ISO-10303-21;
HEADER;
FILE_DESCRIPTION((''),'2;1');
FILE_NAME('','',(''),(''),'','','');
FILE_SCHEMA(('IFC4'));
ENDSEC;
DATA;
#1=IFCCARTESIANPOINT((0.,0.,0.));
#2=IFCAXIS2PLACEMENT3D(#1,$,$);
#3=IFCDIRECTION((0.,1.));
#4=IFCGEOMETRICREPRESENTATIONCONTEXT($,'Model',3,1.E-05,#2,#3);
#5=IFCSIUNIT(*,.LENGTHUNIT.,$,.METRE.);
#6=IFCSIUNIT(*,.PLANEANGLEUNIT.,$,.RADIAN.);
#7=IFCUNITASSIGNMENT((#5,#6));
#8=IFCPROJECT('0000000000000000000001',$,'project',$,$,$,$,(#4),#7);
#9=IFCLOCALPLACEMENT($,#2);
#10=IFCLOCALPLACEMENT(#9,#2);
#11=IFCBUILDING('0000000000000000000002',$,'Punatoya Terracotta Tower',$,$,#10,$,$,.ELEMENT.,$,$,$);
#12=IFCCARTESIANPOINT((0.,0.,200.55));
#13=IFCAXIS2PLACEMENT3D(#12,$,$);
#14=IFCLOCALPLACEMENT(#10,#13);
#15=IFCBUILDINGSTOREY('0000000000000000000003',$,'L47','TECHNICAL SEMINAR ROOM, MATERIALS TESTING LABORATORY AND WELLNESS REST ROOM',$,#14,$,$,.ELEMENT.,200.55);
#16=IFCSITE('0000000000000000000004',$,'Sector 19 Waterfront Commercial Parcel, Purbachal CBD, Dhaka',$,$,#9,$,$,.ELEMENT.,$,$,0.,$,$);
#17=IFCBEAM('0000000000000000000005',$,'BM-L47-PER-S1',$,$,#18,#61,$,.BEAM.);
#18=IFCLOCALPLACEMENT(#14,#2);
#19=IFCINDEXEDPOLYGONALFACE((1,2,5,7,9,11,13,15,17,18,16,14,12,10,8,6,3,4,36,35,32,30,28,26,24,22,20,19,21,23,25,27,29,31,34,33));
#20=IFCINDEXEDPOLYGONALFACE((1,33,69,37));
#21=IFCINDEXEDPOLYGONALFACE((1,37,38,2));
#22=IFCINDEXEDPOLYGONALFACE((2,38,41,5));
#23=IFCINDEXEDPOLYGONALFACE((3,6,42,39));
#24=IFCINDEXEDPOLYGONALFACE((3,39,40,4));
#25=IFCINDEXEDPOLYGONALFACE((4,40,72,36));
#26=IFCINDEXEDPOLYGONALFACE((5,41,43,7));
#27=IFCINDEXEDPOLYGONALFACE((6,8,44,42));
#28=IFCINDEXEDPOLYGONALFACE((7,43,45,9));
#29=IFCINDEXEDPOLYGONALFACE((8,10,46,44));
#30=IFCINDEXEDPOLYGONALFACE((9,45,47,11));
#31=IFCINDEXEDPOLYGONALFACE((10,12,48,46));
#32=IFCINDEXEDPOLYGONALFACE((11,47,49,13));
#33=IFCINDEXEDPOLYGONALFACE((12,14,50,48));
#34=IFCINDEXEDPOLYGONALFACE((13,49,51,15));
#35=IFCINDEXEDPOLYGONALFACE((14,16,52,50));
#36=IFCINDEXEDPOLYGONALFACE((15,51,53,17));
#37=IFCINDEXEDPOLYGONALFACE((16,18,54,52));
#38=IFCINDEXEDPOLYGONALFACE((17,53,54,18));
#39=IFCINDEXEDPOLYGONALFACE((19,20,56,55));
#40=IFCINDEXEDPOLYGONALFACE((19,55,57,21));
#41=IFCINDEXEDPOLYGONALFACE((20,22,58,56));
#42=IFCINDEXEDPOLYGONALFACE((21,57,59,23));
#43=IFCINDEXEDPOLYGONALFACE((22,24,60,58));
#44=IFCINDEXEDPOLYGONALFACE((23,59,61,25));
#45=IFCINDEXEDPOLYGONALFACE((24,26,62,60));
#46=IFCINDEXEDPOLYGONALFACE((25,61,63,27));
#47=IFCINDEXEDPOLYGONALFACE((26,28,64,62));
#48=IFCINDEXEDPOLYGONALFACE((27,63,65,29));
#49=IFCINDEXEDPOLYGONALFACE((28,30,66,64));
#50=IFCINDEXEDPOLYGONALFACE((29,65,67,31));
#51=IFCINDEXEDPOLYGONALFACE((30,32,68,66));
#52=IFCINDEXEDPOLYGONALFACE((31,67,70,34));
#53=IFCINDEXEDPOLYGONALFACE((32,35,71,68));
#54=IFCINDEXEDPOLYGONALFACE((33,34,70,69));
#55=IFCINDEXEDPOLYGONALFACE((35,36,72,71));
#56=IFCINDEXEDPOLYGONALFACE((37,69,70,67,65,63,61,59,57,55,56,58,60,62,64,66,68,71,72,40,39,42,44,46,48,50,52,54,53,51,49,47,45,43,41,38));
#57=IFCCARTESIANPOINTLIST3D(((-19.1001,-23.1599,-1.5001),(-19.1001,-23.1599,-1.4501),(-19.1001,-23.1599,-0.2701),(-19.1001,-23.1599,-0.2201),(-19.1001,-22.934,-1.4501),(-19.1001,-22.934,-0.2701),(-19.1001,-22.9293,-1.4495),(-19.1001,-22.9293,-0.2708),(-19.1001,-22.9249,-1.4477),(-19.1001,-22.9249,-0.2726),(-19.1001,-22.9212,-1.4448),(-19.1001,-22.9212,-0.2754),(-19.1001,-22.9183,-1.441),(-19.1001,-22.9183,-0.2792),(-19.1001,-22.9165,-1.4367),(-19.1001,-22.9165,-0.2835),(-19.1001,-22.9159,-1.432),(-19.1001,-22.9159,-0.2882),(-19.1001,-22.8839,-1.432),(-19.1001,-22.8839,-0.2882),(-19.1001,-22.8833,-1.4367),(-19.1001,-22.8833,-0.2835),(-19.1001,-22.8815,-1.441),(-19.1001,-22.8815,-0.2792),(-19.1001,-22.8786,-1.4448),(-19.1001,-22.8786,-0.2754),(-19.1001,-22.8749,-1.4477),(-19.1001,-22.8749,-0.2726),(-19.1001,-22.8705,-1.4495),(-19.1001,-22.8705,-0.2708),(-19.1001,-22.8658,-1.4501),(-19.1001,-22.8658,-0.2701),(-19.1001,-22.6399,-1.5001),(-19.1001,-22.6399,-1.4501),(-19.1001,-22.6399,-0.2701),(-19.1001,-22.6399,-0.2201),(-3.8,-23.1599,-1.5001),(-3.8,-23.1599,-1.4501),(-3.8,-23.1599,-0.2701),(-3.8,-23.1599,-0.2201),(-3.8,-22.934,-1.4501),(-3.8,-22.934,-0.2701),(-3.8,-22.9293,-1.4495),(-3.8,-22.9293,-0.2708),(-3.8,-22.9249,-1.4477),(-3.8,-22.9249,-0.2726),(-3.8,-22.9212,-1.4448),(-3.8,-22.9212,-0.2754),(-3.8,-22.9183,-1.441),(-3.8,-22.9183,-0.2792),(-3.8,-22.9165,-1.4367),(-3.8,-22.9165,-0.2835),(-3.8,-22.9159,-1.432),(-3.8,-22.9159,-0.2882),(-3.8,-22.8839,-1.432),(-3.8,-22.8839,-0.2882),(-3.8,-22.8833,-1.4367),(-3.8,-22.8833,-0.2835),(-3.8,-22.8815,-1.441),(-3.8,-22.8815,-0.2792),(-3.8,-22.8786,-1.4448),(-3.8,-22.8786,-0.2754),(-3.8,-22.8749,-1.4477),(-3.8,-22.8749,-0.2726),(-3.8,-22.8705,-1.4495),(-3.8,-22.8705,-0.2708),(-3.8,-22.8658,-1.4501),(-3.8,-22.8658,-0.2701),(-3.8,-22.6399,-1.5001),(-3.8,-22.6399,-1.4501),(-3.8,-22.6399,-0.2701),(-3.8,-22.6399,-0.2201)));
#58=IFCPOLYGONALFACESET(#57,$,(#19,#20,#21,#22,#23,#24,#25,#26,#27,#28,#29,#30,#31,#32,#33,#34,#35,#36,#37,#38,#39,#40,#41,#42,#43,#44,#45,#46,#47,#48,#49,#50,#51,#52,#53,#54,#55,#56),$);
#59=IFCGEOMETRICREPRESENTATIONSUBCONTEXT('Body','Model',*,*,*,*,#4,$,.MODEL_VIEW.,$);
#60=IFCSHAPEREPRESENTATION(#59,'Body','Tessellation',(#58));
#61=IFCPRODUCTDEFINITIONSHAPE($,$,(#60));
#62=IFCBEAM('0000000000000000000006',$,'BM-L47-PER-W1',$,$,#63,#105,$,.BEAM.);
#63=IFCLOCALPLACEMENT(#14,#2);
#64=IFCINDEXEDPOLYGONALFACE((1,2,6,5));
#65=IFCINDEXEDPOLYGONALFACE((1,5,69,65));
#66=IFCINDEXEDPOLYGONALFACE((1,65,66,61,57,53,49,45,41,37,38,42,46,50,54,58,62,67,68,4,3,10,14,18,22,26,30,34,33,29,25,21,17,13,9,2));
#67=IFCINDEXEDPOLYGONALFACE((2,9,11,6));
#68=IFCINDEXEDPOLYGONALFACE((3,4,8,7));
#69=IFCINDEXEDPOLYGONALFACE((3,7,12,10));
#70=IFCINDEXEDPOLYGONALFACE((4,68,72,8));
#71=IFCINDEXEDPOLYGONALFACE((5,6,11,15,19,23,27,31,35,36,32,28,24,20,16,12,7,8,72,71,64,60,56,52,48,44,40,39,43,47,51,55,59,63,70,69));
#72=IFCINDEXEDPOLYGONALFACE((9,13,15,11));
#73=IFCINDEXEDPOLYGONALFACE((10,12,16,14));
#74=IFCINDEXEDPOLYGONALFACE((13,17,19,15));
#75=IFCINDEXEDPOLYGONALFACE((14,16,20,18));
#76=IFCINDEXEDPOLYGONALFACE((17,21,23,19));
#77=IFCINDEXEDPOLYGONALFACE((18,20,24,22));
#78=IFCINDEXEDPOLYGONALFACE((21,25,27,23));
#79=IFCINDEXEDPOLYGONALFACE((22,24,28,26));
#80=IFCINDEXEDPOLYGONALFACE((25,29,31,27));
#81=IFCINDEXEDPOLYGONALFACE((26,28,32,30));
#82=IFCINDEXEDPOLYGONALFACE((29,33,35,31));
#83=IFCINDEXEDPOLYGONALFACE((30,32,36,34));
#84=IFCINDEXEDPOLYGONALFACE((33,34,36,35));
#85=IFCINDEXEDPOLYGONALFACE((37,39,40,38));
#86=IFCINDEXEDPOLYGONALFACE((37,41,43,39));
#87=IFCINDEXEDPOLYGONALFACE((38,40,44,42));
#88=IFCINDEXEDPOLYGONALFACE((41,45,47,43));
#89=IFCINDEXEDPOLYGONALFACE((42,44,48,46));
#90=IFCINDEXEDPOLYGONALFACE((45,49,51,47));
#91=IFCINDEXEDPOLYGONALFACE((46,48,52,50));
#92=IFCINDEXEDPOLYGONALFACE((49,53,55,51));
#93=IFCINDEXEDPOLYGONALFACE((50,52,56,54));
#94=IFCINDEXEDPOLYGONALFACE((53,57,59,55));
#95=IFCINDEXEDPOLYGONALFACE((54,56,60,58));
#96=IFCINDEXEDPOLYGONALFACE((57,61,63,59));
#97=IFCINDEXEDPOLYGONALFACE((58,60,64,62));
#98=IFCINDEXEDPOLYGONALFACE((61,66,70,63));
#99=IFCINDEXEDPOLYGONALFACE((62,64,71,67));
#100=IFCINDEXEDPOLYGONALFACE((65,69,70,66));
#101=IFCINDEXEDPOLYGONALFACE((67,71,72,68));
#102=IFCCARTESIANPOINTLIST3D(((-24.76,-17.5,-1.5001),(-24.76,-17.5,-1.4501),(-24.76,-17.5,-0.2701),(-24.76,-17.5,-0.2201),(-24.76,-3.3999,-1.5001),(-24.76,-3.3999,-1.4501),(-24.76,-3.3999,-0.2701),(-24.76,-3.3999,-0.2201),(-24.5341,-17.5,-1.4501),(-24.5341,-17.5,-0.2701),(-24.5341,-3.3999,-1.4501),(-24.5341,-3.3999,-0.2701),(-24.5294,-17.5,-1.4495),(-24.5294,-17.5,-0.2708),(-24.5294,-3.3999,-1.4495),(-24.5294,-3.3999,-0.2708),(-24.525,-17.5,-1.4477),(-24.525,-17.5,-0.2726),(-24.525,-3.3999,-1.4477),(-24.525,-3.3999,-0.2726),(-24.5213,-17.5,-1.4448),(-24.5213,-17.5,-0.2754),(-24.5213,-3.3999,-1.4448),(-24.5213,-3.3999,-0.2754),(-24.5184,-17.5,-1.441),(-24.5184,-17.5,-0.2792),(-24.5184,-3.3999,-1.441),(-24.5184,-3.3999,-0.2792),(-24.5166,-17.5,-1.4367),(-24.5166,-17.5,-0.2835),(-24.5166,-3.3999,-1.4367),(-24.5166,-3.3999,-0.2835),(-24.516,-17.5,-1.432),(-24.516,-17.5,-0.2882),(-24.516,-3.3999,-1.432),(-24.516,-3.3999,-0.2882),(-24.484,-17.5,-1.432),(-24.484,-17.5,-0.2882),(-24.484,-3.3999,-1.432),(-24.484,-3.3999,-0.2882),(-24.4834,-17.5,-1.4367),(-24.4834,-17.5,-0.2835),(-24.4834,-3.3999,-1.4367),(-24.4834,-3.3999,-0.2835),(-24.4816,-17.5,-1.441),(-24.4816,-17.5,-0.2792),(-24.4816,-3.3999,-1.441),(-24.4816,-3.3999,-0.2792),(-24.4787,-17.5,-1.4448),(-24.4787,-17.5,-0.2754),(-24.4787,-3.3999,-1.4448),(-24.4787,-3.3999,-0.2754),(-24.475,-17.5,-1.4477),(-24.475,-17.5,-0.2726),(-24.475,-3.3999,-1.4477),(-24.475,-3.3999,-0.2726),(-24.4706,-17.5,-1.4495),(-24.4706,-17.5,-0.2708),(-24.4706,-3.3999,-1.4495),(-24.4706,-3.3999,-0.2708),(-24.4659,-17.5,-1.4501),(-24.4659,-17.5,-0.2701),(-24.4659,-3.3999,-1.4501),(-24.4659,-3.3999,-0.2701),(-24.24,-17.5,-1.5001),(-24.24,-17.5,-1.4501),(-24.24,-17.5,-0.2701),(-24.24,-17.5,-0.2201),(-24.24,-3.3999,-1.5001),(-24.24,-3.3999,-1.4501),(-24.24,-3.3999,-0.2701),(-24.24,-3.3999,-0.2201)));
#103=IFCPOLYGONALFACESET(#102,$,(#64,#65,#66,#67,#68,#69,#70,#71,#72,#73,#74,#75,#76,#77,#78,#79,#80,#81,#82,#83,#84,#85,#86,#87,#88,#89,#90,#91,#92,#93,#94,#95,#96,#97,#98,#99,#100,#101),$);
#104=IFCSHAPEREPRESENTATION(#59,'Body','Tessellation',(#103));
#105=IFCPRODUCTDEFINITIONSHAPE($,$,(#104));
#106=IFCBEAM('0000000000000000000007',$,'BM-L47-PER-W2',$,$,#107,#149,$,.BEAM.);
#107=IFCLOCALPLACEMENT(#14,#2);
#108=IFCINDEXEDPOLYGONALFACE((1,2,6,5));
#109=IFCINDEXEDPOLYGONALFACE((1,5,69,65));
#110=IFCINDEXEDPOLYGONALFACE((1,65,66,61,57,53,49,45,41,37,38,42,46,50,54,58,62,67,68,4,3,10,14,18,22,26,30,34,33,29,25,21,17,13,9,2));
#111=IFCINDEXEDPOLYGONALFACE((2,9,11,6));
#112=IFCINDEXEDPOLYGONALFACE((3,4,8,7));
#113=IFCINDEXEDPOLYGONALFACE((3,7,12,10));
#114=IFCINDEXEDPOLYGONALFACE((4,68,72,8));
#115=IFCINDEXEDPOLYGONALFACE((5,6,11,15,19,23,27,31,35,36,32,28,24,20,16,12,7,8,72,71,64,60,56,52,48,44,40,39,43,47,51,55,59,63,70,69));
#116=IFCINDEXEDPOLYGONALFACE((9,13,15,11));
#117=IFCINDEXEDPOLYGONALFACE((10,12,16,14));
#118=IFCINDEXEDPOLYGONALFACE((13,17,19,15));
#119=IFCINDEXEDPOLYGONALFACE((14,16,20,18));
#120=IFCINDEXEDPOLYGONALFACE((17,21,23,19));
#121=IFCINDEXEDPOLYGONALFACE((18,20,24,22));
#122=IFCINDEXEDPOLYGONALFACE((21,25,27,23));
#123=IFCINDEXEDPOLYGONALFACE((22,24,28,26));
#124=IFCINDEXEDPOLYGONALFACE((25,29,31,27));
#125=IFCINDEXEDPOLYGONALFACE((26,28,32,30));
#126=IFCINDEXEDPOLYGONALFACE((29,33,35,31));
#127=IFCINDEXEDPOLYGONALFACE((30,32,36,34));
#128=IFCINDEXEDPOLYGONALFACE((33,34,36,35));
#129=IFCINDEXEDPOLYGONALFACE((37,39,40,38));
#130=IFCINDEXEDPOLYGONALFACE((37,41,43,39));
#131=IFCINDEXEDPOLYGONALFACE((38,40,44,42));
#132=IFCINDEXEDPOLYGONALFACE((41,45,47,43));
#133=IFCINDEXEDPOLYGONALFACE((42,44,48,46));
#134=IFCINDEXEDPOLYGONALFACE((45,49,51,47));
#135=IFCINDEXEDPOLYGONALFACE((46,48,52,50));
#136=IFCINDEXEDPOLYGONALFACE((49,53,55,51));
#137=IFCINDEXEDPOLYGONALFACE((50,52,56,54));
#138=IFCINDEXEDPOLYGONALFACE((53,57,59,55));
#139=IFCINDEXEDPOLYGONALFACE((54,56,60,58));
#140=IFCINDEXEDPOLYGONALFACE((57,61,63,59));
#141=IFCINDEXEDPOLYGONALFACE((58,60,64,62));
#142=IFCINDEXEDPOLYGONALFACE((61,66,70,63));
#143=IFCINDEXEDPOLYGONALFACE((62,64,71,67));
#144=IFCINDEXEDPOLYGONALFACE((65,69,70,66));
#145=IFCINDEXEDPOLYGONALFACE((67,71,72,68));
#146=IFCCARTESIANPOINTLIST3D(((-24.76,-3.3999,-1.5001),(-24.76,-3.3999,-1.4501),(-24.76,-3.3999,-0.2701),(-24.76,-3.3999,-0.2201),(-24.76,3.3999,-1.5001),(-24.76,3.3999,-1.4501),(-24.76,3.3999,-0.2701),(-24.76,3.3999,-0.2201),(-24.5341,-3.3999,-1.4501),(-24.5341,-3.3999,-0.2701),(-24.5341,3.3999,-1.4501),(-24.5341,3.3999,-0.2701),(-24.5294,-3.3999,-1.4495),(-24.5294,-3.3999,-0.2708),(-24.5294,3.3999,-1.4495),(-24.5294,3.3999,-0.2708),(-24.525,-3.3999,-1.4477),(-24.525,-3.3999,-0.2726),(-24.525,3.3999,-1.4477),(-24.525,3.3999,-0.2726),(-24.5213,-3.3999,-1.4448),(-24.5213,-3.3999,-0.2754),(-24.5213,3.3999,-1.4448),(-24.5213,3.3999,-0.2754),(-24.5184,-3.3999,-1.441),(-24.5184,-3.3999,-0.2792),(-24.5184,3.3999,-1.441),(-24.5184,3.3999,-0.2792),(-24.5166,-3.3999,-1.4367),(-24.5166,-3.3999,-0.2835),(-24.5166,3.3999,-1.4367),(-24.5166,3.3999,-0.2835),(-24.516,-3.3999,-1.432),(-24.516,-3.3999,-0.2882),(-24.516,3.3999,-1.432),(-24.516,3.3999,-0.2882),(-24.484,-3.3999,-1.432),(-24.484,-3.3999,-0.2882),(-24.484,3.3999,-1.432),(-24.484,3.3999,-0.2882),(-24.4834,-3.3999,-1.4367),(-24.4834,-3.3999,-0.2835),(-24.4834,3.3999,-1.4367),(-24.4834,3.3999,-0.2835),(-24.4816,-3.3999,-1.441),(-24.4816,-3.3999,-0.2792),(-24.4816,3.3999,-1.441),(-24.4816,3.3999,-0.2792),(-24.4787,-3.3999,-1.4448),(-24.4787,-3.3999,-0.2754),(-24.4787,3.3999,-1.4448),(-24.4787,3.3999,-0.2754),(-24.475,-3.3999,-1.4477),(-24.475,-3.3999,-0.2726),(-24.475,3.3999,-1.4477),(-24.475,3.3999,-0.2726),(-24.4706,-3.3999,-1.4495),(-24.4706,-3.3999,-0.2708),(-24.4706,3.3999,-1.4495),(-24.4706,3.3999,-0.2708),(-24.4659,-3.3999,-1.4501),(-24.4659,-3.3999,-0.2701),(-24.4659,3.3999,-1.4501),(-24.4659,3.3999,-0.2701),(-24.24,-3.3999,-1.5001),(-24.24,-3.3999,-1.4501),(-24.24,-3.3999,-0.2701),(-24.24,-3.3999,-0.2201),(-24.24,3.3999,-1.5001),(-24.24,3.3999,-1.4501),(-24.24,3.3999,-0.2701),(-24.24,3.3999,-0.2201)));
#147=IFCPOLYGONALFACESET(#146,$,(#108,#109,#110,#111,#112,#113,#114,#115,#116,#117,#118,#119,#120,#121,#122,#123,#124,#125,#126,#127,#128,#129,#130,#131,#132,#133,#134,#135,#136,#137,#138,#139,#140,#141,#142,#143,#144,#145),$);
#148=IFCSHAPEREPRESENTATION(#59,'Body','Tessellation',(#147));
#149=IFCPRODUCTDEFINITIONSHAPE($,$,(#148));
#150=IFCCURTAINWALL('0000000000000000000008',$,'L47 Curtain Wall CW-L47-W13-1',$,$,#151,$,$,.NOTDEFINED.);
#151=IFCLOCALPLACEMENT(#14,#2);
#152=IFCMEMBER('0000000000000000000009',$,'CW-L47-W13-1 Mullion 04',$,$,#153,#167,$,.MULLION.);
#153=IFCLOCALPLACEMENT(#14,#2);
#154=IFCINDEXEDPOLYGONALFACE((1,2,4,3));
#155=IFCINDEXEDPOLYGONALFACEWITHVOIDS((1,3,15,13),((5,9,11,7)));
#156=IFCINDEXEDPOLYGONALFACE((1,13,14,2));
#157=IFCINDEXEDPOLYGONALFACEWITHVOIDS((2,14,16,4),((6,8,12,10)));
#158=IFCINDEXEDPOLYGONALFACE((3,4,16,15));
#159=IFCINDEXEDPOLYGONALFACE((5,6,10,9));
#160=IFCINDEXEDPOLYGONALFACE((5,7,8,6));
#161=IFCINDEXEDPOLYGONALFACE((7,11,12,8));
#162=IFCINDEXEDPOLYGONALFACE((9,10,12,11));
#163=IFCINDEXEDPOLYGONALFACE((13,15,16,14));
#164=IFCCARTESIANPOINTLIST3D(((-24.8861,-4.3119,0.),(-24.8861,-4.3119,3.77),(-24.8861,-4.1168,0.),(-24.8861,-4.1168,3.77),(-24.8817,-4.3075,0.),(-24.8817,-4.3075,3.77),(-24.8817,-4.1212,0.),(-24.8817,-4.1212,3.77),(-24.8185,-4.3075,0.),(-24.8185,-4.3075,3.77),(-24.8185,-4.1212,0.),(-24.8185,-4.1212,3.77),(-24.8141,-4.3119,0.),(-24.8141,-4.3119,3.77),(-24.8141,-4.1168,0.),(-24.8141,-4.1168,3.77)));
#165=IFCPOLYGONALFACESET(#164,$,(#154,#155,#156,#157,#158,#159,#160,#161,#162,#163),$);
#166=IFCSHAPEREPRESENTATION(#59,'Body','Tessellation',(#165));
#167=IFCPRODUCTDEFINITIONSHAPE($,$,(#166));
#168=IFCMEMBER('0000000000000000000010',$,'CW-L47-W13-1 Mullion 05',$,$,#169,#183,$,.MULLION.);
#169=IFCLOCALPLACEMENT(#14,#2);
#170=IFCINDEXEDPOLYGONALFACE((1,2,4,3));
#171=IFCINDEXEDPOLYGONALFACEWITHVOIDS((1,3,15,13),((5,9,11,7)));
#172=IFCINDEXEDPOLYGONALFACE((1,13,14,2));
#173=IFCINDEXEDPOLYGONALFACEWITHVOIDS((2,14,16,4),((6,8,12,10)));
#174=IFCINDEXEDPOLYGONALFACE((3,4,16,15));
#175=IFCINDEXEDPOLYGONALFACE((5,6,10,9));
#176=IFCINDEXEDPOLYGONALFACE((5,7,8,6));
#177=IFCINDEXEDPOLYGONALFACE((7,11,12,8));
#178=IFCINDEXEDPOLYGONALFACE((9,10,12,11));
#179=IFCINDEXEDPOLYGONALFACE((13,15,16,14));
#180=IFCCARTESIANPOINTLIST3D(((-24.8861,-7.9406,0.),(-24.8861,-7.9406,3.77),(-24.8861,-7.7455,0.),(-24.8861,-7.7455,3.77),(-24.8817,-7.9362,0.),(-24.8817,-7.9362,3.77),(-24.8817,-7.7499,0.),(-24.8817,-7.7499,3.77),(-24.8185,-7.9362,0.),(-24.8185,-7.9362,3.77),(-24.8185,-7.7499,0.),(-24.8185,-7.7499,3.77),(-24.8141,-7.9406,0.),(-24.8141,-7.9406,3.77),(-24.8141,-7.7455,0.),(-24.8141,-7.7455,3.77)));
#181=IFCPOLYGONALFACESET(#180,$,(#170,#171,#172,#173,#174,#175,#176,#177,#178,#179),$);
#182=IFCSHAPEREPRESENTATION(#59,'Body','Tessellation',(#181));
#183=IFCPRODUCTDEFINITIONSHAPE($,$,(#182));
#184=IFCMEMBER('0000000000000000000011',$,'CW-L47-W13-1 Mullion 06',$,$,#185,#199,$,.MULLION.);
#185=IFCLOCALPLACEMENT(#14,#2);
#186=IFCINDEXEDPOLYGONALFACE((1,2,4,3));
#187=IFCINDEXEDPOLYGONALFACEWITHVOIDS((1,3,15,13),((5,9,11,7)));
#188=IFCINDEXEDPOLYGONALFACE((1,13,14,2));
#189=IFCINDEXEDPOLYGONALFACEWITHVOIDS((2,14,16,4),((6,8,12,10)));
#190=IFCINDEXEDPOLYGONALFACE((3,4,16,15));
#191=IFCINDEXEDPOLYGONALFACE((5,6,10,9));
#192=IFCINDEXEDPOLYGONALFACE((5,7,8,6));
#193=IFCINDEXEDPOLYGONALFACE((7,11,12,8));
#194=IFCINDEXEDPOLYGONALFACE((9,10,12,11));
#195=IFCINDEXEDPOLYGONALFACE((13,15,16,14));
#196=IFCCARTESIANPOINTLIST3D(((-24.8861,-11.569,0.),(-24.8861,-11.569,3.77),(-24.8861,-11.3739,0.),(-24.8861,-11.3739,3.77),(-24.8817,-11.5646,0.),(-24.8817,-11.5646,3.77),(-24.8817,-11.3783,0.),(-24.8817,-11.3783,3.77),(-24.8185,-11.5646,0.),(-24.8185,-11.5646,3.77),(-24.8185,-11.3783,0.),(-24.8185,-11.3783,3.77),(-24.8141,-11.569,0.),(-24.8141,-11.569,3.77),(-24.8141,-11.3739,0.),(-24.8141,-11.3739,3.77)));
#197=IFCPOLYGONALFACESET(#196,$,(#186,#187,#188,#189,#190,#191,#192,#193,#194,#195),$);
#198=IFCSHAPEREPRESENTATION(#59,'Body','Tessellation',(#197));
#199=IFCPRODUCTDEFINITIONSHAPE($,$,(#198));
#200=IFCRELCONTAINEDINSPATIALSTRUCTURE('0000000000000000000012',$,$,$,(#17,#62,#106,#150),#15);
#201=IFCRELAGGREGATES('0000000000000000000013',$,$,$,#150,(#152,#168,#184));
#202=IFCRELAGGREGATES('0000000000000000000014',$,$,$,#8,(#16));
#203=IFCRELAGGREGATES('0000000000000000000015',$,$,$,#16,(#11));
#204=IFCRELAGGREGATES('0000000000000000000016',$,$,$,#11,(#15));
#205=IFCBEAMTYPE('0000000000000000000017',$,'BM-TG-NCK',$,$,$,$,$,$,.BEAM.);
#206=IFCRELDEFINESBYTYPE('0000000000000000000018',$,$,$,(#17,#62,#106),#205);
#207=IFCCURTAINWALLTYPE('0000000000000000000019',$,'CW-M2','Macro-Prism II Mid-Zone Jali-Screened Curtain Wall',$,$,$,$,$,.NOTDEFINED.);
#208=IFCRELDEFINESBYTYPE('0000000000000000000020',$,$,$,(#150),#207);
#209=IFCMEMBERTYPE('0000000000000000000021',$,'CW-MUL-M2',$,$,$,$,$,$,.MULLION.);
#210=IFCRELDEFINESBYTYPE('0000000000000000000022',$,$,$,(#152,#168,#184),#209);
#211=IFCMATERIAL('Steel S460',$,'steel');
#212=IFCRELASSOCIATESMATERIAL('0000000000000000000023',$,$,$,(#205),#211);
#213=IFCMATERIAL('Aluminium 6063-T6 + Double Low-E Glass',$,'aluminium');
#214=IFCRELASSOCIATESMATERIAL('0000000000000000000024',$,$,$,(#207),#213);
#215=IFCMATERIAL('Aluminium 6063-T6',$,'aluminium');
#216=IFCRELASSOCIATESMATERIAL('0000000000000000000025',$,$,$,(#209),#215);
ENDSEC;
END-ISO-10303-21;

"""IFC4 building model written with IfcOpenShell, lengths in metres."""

from ifc_helpers import new_model, si_unit, direction, frame, origin, origin_2d, place, context, subcontext, project, spatial, hollow_rectangle, i_section, extrude, material, material_profile, profile_set, type_object, element, aggregate, save


model = new_model("IFC4")

# Units and contexts
model_context = context("Model", 3, precision=1e-05, world=origin(), true_north=direction((0.0, 1.0)))
body_context = subcontext(model_context, "Body", "Model", "MODEL_VIEW")
ifc_project = project(units=[si_unit("LENGTHUNIT", "METRE"), si_unit("PLANEANGLEUNIT", "RADIAN")], contexts=[model_context])

# Site, building, storey
site_placement = place(None, origin())
site = spatial("IfcSite", under=ifc_project, at=site_placement, Name="Sector 19 Waterfront Commercial Parcel, Purbachal CBD, Dhaka", CompositionType="ELEMENT", RefElevation=0.0)
building_placement = place(site_placement, origin())
building = spatial("IfcBuilding", under=site, at=building_placement, Name="Punatoya Terracotta Tower", CompositionType="ELEMENT")
storey_placement = place(building_placement, frame((0.0, 0.0, 200.55)))
storey = spatial("IfcBuildingStorey", under=building, at=storey_placement, Name="L47", Description="TECHNICAL SEMINAR ROOM, MATERIALS TESTING LABORATORY AND WELLNESS REST ROOM", CompositionType="ELEMENT", Elevation=200.55)

# Shared definitions
ifc_material_1 = material(Name="Steel S460", Category="steel")

# Beams
ifc_material_profile_1 = material_profile(ifc_material_1, i_section(OverallWidth=0.52, OverallDepth=1.28, WebThickness=0.032, FlangeThickness=0.05, FilletRadius=0.0181, at=origin_2d()))
ifc_profile_set_1 = profile_set([ifc_material_profile_1], Name="Steel S460")
beam_type_1 = type_object("IfcBeamType", Name="BM-TG-NCK", PredefinedType="BEAM", material=ifc_profile_set_1)
beam_1_placement = place(storey_placement, frame((-19.1001, -22.8999, -0.8601), z_axis=(1.0, 0.0, 0.0), x_axis=(0.0, 1.0, 0.0)))
element("IfcBeam", 1, at=beam_1_placement, inside=storey, type_object=beam_type_1, Name="BM-L47-PER-S1", PredefinedType="BEAM", context=body_context, shape_type="SweptSolid", body=[
    extrude(i_section(OverallWidth=0.52, OverallDepth=1.28, WebThickness=0.032, FlangeThickness=0.05, FilletRadius=0.0181, at=origin_2d()), origin(), (0.0, 0.0, 1.0), 15.3),
])
beam_2_placement = place(storey_placement, frame((-24.5, -17.5, -0.8601), z_axis=(0.0, 1.0, 0.0), x_axis=(-1.0, 0.0, 0.0)))
element("IfcBeam", 2, at=beam_2_placement, inside=storey, type_object=beam_type_1, Name="BM-L47-PER-W1", PredefinedType="BEAM", context=body_context, shape_type="SweptSolid", body=[
    extrude(i_section(OverallWidth=0.52, OverallDepth=1.28, WebThickness=0.032, FlangeThickness=0.05, FilletRadius=0.0181, at=origin_2d()), origin(), (0.0, 0.0, 1.0), 14.1001),
])
beam_3_placement = place(storey_placement, frame((-24.5, -3.3999, -0.8601), z_axis=(0.0, 1.0, 0.0), x_axis=(-1.0, 0.0, 0.0)))
element("IfcBeam", 3, at=beam_3_placement, inside=storey, type_object=beam_type_1, Name="BM-L47-PER-W2", PredefinedType="BEAM", context=body_context, shape_type="SweptSolid", body=[
    extrude(i_section(OverallWidth=0.52, OverallDepth=1.28, WebThickness=0.032, FlangeThickness=0.05, FilletRadius=0.0181, at=origin_2d()), origin(), (0.0, 0.0, 1.0), 6.7998),
])

# Curtain wall, members
ifc_material_2 = material(Name="Aluminium 6063-T6 + Double Low-E Glass", Category="aluminium")
curtain_wall_type = type_object("IfcCurtainWallType", Name="CW-M2", Description="Macro-Prism II Mid-Zone Jali-Screened Curtain Wall", PredefinedType="NOTDEFINED", material=ifc_material_2)
curtain_wall_1_placement = place(storey_placement, origin())
curtain_wall_1 = element("IfcCurtainWall", 4, at=curtain_wall_1_placement, inside=storey, type_object=curtain_wall_type, Name="L47 Curtain Wall CW-L47-W13-1", PredefinedType="NOTDEFINED")
ifc_material_3 = material(Name="Aluminium 6063-T6", Category="aluminium")
ifc_material_profile_2 = material_profile(ifc_material_3, hollow_rectangle(XDim=0.072, YDim=0.1951, WallThickness=0.0044, at=origin_2d()))
ifc_profile_set_2 = profile_set([ifc_material_profile_2], Name="Aluminium 6063-T6")
member_type_1 = type_object("IfcMemberType", Name="CW-MUL-M2", PredefinedType="MULLION", material=ifc_profile_set_2)
member_1_placement = place(storey_placement, frame((-24.8501, -4.2144, 0.0), z_axis=(0.0, 0.0, 1.0), x_axis=(1.0, 0.0, 0.0)))
member_1 = element("IfcMember", 5, at=member_1_placement, type_object=member_type_1, Name="CW-L47-W13-1 Mullion 04", PredefinedType="MULLION", context=body_context, shape_type="SweptSolid", body=[
    extrude(hollow_rectangle(XDim=0.072, YDim=0.1951, WallThickness=0.0044, at=origin_2d()), origin(), (0.0, 0.0, 1.0), 3.77),
])
member_2_placement = place(storey_placement, frame((-24.8501, -7.843, 0.0), z_axis=(0.0, 0.0, 1.0), x_axis=(1.0, 0.0, 0.0)))
member_2 = element("IfcMember", 6, at=member_2_placement, type_object=member_type_1, Name="CW-L47-W13-1 Mullion 05", PredefinedType="MULLION", context=body_context, shape_type="SweptSolid", body=[
    extrude(hollow_rectangle(XDim=0.072, YDim=0.1951, WallThickness=0.0044, at=origin_2d()), origin(), (0.0, 0.0, 1.0), 3.77),
])
member_3_placement = place(storey_placement, frame((-24.8501, -11.4714, 0.0), z_axis=(0.0, 0.0, 1.0), x_axis=(1.0, 0.0, 0.0)))
member_3 = element("IfcMember", 7, at=member_3_placement, type_object=member_type_1, Name="CW-L47-W13-1 Mullion 06", PredefinedType="MULLION", context=body_context, shape_type="SweptSolid", body=[
    extrude(hollow_rectangle(XDim=0.072, YDim=0.1951, WallThickness=0.0044, at=origin_2d()), origin(), (0.0, 0.0, 1.0), 3.77),
])

aggregate(curtain_wall_1, [member_1, member_2, member_3])

save(model, "model.ifc")
